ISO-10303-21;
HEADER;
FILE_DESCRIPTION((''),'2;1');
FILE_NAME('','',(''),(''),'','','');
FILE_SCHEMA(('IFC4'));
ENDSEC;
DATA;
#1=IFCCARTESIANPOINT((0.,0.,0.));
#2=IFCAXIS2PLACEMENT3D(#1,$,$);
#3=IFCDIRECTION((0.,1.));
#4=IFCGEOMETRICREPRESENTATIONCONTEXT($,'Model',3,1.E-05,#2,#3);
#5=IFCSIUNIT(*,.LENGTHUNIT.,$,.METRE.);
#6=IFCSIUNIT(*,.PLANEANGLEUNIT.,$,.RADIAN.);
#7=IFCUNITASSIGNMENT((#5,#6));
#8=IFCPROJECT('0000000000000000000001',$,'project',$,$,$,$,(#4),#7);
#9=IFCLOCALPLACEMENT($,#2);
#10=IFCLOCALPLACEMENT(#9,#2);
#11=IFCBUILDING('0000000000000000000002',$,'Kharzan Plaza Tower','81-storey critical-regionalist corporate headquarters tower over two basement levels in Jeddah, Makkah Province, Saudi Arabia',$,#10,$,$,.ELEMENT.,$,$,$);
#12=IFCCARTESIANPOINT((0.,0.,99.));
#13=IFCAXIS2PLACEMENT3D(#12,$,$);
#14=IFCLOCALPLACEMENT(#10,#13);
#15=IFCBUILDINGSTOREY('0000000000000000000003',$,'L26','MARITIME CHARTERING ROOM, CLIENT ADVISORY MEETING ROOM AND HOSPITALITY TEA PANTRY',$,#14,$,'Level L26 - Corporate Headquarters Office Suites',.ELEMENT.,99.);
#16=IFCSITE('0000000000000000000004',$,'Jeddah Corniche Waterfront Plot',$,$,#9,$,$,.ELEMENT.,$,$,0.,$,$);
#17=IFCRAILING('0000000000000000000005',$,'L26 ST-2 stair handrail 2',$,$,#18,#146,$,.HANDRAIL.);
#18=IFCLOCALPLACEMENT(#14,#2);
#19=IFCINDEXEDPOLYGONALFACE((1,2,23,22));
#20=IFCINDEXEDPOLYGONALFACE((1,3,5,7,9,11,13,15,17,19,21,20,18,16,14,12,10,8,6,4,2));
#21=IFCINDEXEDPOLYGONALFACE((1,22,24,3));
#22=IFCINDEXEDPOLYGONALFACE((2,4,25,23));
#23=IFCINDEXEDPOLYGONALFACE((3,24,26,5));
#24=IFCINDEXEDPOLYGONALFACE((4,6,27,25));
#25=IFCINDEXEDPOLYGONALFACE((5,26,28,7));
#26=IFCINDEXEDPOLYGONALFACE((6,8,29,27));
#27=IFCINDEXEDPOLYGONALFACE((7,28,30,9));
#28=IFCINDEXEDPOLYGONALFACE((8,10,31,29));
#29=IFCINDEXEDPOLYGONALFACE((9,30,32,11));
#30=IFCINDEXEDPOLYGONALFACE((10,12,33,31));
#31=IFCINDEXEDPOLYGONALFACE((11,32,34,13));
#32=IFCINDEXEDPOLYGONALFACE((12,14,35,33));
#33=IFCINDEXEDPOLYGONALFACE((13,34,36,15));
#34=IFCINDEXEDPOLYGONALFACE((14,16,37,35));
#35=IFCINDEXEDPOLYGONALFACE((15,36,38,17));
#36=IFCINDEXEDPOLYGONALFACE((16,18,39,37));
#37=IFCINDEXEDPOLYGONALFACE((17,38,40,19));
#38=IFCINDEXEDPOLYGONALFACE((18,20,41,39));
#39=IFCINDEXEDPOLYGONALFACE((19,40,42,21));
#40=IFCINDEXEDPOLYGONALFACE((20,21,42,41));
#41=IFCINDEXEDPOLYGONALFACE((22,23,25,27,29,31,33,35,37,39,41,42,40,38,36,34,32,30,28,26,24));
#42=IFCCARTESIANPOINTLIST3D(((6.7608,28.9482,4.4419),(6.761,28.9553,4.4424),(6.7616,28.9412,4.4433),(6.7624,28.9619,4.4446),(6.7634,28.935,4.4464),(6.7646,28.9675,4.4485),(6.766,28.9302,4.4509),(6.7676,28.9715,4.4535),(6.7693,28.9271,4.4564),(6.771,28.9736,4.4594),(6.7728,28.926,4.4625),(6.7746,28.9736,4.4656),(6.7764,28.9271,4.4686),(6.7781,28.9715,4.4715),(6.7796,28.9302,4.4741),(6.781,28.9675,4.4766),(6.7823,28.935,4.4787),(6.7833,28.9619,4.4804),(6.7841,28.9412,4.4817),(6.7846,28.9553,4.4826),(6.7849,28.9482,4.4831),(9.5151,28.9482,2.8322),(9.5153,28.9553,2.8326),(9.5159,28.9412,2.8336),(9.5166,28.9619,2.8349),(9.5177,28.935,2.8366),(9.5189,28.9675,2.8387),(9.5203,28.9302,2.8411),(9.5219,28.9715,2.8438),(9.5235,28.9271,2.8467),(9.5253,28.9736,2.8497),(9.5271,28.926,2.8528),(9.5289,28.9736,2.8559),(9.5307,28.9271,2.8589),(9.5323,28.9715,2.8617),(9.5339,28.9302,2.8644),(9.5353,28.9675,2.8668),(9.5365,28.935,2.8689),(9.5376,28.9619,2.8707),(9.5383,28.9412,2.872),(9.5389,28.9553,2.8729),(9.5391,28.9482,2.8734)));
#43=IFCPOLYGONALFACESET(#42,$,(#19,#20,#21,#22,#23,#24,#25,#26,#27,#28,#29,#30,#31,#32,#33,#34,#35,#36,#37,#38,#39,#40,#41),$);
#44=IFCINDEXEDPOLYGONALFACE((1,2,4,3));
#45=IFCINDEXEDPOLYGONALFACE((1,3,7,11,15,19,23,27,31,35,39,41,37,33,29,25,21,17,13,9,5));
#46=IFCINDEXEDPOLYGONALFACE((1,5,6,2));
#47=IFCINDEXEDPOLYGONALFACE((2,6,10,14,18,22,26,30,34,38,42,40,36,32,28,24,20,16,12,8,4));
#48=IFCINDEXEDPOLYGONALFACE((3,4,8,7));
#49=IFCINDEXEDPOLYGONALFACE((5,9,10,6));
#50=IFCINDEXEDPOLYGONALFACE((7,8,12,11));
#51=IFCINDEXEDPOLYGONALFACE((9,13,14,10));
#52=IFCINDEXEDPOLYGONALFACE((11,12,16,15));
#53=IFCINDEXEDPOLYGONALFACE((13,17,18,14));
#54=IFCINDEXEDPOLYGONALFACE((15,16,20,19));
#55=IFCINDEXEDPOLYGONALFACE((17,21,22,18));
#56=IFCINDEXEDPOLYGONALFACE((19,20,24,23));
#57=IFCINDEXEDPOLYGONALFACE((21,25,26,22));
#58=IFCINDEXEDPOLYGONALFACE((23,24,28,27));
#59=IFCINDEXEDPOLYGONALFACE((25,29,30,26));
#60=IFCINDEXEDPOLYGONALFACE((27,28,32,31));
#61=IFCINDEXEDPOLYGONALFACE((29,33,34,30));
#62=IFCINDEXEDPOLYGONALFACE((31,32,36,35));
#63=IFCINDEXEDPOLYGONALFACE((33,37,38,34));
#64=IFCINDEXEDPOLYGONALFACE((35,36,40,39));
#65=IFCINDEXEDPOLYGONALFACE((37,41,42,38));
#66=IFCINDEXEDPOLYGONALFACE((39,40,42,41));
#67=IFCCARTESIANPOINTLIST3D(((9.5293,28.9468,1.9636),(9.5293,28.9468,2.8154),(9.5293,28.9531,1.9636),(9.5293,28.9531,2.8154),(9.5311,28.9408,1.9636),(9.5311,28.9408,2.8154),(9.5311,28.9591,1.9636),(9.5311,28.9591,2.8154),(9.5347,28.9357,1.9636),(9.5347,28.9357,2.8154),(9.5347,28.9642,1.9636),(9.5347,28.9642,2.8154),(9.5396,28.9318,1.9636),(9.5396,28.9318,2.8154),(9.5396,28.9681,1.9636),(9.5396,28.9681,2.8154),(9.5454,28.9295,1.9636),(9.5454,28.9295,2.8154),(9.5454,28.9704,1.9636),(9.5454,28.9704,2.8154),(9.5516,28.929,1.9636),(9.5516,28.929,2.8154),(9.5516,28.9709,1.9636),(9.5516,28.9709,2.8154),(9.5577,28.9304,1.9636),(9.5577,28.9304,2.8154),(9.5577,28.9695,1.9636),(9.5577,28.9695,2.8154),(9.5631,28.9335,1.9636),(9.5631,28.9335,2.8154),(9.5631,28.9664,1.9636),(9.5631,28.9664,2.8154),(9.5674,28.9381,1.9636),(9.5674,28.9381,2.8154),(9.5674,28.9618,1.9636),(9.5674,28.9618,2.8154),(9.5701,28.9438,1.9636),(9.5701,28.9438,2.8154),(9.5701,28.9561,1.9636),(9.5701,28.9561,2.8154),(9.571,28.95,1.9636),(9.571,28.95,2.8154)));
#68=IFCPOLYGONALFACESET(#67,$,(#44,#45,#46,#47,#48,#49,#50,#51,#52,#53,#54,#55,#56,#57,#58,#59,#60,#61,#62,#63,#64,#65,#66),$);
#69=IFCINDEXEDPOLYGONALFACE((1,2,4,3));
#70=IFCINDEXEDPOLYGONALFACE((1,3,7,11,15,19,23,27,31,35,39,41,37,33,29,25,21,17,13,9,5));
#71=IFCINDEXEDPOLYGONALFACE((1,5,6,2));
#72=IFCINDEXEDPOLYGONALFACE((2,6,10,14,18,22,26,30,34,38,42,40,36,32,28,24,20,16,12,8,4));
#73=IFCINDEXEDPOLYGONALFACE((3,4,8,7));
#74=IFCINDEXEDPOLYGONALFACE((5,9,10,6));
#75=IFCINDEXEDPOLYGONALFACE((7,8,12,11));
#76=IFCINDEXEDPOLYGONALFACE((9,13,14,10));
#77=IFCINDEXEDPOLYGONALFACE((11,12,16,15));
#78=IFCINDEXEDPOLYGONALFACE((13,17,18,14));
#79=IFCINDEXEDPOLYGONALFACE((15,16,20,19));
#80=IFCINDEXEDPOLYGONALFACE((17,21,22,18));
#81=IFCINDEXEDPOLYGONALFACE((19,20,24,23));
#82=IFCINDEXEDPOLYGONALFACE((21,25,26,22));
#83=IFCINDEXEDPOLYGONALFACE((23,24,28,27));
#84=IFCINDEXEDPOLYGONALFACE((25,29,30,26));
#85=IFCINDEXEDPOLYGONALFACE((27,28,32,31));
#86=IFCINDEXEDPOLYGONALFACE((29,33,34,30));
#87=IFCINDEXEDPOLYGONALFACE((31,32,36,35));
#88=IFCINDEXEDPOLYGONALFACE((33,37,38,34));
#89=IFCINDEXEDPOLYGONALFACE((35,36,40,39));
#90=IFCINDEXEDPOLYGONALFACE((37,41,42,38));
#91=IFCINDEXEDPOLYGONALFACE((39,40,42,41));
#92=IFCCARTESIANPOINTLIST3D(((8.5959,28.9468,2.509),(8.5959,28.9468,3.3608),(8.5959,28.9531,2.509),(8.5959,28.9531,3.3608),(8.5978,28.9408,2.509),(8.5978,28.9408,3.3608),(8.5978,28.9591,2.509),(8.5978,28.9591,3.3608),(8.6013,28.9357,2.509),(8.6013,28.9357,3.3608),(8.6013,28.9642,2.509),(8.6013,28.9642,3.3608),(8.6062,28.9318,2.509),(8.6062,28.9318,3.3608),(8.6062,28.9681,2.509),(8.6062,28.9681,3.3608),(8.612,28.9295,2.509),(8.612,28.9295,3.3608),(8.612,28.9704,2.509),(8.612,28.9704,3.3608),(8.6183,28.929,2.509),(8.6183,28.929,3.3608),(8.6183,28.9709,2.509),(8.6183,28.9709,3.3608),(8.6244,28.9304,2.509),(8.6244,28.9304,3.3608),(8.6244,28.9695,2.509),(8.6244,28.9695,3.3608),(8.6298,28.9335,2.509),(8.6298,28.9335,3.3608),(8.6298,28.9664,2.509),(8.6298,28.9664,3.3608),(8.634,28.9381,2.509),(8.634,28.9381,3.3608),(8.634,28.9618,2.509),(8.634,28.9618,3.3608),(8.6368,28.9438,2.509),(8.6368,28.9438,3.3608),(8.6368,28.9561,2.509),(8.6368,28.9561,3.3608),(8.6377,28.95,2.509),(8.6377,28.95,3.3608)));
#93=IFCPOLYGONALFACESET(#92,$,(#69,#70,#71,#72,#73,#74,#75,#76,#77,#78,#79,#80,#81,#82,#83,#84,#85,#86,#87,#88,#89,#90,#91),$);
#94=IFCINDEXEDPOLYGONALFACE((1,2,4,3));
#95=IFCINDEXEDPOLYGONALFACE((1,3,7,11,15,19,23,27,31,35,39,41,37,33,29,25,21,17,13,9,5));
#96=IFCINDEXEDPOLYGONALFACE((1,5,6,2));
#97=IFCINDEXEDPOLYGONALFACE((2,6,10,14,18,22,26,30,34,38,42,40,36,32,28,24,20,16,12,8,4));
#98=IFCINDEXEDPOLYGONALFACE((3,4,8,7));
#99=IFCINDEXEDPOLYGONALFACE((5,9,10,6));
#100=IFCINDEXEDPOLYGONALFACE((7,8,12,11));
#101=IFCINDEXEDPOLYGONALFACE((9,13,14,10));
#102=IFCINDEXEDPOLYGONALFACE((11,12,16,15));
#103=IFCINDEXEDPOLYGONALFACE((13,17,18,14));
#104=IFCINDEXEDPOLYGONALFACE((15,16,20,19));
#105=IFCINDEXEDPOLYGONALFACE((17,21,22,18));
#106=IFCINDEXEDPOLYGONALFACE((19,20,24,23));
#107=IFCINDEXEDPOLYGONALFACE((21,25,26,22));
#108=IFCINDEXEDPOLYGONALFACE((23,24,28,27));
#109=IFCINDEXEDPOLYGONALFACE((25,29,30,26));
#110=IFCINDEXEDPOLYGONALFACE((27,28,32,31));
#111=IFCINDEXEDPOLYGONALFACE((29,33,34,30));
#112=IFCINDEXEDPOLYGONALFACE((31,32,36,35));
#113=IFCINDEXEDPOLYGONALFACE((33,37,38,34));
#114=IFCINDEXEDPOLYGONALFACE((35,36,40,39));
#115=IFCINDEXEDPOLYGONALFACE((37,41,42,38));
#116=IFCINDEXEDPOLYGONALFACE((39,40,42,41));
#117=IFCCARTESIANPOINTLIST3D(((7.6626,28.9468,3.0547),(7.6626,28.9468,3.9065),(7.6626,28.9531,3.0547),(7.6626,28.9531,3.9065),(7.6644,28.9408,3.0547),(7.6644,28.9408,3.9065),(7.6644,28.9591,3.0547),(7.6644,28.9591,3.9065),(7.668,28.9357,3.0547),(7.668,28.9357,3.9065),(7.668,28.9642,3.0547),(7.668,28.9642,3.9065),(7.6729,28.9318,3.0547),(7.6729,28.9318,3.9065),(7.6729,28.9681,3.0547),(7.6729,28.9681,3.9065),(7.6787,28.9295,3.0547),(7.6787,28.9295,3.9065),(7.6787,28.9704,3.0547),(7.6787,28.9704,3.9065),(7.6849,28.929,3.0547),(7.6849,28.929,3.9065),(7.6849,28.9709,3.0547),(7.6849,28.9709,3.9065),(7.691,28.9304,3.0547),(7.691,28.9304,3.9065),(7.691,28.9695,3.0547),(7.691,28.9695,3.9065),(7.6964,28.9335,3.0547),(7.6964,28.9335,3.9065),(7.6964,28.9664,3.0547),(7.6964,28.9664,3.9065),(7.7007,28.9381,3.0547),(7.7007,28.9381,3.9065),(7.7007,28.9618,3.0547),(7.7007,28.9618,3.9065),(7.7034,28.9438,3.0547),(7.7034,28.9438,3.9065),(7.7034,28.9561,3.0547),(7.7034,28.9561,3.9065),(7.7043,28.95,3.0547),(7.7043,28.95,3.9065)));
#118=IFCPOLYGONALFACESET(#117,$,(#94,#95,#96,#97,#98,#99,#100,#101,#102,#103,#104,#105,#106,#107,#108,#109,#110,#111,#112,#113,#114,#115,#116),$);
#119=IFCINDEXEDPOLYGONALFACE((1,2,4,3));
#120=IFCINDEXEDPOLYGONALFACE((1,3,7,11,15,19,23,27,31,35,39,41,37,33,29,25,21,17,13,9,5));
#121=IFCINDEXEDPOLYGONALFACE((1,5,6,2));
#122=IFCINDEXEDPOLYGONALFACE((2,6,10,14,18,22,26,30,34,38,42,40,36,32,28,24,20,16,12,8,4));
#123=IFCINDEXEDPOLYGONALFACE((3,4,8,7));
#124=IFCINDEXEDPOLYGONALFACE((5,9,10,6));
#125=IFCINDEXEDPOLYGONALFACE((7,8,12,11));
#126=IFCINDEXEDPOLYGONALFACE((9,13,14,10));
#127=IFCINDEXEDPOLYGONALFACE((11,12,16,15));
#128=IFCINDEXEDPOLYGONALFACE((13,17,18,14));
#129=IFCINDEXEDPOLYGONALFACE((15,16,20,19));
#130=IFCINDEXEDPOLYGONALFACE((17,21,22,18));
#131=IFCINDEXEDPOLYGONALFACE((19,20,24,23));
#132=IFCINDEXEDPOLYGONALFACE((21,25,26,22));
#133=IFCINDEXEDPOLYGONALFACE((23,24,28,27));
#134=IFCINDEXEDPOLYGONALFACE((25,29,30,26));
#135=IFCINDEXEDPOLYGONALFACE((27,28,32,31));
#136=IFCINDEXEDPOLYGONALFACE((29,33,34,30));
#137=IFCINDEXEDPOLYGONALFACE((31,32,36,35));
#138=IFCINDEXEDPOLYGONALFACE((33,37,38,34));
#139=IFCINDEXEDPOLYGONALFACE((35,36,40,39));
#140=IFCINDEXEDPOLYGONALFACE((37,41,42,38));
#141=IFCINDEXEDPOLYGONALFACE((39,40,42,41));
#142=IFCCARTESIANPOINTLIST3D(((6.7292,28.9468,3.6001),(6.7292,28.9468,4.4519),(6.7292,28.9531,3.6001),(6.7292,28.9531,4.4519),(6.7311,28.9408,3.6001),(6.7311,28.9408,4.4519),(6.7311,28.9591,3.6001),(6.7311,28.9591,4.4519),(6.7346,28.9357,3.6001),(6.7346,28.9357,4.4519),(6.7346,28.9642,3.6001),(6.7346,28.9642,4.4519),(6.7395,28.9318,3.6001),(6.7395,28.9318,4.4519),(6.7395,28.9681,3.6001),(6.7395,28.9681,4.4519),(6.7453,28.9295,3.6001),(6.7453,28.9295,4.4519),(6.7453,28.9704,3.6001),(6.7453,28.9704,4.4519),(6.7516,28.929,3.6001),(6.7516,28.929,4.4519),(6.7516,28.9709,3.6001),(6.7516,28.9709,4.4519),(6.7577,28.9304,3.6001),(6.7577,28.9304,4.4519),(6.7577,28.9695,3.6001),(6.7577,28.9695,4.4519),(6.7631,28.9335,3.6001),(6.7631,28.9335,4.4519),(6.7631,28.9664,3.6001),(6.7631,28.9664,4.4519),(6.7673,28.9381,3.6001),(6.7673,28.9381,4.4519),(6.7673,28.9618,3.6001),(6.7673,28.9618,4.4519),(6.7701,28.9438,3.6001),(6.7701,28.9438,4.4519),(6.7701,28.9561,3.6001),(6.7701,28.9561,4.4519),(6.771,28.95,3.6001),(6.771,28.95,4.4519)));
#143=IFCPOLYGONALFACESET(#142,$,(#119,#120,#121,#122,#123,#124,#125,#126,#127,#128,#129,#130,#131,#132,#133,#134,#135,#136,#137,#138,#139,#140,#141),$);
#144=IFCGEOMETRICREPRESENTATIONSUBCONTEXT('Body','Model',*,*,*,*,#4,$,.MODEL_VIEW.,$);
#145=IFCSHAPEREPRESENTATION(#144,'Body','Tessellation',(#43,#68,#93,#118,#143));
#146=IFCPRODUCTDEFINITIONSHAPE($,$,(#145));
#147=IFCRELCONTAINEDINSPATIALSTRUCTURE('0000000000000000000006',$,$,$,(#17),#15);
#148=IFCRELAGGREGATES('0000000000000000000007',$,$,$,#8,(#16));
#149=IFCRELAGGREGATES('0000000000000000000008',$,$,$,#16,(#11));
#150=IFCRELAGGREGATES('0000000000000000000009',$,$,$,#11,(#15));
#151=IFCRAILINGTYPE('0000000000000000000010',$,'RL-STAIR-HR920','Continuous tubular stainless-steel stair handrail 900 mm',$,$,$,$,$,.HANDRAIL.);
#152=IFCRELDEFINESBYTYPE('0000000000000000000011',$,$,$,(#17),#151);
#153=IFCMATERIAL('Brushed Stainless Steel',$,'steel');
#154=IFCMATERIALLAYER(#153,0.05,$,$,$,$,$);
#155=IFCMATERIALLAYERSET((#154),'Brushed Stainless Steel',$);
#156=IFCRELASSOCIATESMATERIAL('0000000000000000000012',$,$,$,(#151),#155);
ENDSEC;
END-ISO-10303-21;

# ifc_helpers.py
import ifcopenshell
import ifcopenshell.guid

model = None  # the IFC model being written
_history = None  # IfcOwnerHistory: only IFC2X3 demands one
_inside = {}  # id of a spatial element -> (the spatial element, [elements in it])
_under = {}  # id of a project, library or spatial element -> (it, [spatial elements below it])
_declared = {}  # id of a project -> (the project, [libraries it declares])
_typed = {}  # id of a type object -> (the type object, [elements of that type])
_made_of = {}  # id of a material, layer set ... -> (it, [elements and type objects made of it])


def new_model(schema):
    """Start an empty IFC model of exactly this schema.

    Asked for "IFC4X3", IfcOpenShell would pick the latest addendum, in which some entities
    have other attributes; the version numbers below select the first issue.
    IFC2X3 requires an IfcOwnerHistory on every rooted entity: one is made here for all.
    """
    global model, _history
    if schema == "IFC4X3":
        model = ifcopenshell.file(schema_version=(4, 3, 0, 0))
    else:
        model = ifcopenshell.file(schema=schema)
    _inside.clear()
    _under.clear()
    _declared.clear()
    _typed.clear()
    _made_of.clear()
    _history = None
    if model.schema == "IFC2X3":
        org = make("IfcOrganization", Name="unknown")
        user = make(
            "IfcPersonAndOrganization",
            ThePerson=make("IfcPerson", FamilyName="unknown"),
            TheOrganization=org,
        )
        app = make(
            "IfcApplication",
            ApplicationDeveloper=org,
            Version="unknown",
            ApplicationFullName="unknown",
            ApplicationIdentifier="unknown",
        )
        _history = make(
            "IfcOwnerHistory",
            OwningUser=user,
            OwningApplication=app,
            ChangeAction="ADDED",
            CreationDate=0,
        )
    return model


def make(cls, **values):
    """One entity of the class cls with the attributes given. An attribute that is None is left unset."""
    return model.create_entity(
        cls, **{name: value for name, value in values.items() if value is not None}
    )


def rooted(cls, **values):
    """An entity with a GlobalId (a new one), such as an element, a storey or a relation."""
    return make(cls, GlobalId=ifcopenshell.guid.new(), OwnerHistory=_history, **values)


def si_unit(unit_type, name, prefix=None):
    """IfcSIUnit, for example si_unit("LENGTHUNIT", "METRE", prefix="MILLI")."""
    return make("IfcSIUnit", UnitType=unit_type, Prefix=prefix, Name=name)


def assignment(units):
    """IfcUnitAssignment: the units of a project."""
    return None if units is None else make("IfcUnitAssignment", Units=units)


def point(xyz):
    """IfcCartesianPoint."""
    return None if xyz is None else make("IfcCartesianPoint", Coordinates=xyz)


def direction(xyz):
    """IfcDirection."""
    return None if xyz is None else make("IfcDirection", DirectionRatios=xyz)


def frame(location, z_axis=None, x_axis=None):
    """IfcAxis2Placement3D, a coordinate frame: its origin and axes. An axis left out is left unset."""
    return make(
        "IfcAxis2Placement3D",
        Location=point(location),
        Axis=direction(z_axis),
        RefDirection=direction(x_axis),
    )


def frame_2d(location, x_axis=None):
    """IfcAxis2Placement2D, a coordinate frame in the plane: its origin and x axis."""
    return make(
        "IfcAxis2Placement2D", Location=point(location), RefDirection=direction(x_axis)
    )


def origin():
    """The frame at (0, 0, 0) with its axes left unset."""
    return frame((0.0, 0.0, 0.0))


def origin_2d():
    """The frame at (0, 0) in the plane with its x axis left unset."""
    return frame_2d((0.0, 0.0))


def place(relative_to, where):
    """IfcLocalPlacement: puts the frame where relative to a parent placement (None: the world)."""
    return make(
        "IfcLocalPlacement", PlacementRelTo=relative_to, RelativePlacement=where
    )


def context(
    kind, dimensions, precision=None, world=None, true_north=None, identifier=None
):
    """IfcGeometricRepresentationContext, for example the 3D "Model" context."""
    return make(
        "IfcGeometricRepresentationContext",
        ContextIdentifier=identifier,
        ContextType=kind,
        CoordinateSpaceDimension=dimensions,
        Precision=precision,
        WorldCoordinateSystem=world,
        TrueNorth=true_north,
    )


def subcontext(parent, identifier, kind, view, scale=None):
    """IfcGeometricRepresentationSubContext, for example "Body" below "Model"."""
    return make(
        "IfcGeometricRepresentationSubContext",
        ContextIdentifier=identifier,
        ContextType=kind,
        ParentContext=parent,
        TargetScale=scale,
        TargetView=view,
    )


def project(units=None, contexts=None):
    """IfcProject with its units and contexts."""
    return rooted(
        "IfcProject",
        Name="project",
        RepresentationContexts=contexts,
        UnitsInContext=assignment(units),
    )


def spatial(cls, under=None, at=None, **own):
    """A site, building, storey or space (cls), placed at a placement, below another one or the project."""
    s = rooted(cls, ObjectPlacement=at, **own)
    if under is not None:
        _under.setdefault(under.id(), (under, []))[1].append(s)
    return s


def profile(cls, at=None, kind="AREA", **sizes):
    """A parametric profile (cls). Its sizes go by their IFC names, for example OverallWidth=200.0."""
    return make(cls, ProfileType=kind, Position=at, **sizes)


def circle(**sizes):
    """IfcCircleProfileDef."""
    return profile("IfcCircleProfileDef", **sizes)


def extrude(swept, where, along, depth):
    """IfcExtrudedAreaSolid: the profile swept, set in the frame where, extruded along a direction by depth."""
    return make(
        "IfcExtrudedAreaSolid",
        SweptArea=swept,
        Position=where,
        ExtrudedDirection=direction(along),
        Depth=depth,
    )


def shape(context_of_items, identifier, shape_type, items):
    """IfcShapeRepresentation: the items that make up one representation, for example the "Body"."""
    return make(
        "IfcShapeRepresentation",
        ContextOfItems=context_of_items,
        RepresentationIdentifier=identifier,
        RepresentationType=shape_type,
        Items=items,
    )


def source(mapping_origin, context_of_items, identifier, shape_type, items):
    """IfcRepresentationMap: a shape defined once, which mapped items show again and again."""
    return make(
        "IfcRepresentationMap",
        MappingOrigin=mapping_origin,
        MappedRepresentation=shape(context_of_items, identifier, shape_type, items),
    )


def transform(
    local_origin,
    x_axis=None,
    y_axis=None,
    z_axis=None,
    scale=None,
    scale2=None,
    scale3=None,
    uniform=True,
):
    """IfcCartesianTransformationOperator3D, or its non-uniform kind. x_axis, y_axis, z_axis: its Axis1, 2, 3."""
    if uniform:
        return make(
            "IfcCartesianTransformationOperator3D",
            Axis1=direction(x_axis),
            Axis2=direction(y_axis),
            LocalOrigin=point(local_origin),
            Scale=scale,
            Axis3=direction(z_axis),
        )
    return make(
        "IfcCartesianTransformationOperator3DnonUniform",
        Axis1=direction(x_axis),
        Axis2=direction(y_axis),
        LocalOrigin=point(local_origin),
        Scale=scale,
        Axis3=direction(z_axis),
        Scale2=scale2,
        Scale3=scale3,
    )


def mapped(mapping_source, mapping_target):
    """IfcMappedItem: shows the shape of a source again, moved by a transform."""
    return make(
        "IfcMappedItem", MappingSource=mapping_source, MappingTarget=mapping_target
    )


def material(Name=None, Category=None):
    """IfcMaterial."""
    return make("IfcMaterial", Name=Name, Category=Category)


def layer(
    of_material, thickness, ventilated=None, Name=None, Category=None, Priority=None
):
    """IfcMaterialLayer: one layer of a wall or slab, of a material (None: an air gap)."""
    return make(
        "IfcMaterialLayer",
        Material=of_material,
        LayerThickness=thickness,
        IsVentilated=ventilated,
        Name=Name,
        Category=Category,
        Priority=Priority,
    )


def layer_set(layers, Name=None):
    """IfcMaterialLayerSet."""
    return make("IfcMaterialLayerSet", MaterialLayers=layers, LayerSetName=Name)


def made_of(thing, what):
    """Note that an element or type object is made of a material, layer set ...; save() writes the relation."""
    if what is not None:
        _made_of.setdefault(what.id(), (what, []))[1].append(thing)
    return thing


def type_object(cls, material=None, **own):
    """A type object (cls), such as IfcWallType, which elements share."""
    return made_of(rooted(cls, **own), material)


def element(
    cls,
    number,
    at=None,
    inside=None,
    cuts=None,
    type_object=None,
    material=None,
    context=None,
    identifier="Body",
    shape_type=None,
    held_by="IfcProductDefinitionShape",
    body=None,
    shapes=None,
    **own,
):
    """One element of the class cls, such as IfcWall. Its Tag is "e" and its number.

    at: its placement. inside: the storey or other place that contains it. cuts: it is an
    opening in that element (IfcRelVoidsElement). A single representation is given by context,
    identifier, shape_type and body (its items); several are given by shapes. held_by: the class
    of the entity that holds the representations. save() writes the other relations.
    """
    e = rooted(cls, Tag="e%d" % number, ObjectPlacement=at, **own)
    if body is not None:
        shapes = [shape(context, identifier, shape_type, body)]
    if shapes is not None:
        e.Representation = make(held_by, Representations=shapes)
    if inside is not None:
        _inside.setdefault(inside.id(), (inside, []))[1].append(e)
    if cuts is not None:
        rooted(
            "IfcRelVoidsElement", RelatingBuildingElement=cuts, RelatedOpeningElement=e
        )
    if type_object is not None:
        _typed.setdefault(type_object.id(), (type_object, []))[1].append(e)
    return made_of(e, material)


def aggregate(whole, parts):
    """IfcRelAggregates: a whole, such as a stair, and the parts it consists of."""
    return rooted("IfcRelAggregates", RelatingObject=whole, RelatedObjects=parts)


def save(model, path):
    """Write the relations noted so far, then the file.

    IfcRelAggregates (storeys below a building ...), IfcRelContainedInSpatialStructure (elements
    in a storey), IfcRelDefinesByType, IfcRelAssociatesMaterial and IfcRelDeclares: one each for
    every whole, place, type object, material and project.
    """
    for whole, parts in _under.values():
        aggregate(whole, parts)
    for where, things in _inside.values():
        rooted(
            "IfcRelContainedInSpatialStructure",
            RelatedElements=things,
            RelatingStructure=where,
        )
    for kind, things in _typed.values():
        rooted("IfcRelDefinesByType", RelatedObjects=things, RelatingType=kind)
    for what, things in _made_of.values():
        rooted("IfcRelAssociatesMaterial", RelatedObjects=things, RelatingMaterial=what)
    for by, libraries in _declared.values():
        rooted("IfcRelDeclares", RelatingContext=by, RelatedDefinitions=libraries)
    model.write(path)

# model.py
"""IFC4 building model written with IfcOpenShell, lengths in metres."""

from ifc_helpers import new_model, si_unit, direction, frame, origin, origin_2d, place, context, subcontext, project, spatial, circle, extrude, source, transform, mapped, material, layer, layer_set, type_object, element, save


model = new_model("IFC4")

# Units and contexts
model_context = context("Model", 3, precision=1e-05, world=origin(), true_north=direction((0.0, 1.0)))
body_context = subcontext(model_context, "Body", "Model", "MODEL_VIEW")
ifc_project = project(units=[si_unit("LENGTHUNIT", "METRE"), si_unit("PLANEANGLEUNIT", "RADIAN")], contexts=[model_context])

# Site, building, storey
site_placement = place(None, origin())
site = spatial("IfcSite", under=ifc_project, at=site_placement, Name="Jeddah Corniche Waterfront Plot", CompositionType="ELEMENT", RefElevation=0.0)
building_placement = place(site_placement, origin())
building = spatial("IfcBuilding", under=site, at=building_placement, Name="Kharzan Plaza Tower", Description="81-storey critical-regionalist corporate headquarters tower over two basement levels in Jeddah, Makkah Province, Saudi Arabia", CompositionType="ELEMENT")
storey_placement = place(building_placement, frame((0.0, 0.0, 99.0)))
storey = spatial("IfcBuildingStorey", under=building, at=storey_placement, Name="L26", Description="MARITIME CHARTERING ROOM, CLIENT ADVISORY MEETING ROOM AND HOSPITALITY TEA PANTRY", LongName="Level L26 - Corporate Headquarters Office Suites", CompositionType="ELEMENT", Elevation=99.0)

# Shared definitions
ifc_material_1 = material(Name="Brushed Stainless Steel", Category="steel")

# Railing
ifc_layer_1 = layer(ifc_material_1, 0.05)
ifc_layer_set_1 = layer_set([ifc_layer_1], Name="Brushed Stainless Steel")
railing_type_1 = type_object("IfcRailingType", Name="RL-STAIR-HR920", Description="Continuous tubular stainless-steel stair handrail 900 mm", PredefinedType="HANDRAIL", material=ifc_layer_set_1)
shared_shape_1 = source(origin(), body_context, "Body", "SweptSolid", [
    extrude(circle(Radius=0.0239, at=origin_2d()), frame((-0.0229, 0.0, 0.8892), z_axis=(-0.863361, 0.0, 0.504587), x_axis=(0.0, -1.0, 0.0)), (0.0, 0.0, 1.0), 3.1902),
    extrude(circle(Radius=0.021, at=origin_2d()), origin(), (0.0, 0.0, 1.0), 0.8518),
    extrude(circle(Radius=0.021, at=origin_2d()), frame((-0.9333, 0.0, 0.5454)), (0.0, 0.0, 1.0), 0.8518),
    extrude(circle(Radius=0.021, at=origin_2d()), frame((-1.8667, 0.0, 1.0911)), (0.0, 0.0, 1.0), 0.8518),
    extrude(circle(Radius=0.021, at=origin_2d()), frame((-2.8, 0.0, 1.6365)), (0.0, 0.0, 1.0), 0.8518),
])
railing_1_placement = place(storey_placement, frame((9.55, 28.95, 1.9636)))
element("IfcRailing", 1, at=railing_1_placement, inside=storey, type_object=railing_type_1, Name="L26 ST-2 stair handrail 2", PredefinedType="HANDRAIL", context=body_context, shape_type="MappedRepresentation", body=[
    mapped(shared_shape_1, transform((0.0, 0.0, 0.0), x_axis=(1.0, 0.0, 0.0), y_axis=(0.0, 1.0, 0.0), z_axis=(0.0, 0.0, 1.0))),
])

save(model, "model.ifc")
